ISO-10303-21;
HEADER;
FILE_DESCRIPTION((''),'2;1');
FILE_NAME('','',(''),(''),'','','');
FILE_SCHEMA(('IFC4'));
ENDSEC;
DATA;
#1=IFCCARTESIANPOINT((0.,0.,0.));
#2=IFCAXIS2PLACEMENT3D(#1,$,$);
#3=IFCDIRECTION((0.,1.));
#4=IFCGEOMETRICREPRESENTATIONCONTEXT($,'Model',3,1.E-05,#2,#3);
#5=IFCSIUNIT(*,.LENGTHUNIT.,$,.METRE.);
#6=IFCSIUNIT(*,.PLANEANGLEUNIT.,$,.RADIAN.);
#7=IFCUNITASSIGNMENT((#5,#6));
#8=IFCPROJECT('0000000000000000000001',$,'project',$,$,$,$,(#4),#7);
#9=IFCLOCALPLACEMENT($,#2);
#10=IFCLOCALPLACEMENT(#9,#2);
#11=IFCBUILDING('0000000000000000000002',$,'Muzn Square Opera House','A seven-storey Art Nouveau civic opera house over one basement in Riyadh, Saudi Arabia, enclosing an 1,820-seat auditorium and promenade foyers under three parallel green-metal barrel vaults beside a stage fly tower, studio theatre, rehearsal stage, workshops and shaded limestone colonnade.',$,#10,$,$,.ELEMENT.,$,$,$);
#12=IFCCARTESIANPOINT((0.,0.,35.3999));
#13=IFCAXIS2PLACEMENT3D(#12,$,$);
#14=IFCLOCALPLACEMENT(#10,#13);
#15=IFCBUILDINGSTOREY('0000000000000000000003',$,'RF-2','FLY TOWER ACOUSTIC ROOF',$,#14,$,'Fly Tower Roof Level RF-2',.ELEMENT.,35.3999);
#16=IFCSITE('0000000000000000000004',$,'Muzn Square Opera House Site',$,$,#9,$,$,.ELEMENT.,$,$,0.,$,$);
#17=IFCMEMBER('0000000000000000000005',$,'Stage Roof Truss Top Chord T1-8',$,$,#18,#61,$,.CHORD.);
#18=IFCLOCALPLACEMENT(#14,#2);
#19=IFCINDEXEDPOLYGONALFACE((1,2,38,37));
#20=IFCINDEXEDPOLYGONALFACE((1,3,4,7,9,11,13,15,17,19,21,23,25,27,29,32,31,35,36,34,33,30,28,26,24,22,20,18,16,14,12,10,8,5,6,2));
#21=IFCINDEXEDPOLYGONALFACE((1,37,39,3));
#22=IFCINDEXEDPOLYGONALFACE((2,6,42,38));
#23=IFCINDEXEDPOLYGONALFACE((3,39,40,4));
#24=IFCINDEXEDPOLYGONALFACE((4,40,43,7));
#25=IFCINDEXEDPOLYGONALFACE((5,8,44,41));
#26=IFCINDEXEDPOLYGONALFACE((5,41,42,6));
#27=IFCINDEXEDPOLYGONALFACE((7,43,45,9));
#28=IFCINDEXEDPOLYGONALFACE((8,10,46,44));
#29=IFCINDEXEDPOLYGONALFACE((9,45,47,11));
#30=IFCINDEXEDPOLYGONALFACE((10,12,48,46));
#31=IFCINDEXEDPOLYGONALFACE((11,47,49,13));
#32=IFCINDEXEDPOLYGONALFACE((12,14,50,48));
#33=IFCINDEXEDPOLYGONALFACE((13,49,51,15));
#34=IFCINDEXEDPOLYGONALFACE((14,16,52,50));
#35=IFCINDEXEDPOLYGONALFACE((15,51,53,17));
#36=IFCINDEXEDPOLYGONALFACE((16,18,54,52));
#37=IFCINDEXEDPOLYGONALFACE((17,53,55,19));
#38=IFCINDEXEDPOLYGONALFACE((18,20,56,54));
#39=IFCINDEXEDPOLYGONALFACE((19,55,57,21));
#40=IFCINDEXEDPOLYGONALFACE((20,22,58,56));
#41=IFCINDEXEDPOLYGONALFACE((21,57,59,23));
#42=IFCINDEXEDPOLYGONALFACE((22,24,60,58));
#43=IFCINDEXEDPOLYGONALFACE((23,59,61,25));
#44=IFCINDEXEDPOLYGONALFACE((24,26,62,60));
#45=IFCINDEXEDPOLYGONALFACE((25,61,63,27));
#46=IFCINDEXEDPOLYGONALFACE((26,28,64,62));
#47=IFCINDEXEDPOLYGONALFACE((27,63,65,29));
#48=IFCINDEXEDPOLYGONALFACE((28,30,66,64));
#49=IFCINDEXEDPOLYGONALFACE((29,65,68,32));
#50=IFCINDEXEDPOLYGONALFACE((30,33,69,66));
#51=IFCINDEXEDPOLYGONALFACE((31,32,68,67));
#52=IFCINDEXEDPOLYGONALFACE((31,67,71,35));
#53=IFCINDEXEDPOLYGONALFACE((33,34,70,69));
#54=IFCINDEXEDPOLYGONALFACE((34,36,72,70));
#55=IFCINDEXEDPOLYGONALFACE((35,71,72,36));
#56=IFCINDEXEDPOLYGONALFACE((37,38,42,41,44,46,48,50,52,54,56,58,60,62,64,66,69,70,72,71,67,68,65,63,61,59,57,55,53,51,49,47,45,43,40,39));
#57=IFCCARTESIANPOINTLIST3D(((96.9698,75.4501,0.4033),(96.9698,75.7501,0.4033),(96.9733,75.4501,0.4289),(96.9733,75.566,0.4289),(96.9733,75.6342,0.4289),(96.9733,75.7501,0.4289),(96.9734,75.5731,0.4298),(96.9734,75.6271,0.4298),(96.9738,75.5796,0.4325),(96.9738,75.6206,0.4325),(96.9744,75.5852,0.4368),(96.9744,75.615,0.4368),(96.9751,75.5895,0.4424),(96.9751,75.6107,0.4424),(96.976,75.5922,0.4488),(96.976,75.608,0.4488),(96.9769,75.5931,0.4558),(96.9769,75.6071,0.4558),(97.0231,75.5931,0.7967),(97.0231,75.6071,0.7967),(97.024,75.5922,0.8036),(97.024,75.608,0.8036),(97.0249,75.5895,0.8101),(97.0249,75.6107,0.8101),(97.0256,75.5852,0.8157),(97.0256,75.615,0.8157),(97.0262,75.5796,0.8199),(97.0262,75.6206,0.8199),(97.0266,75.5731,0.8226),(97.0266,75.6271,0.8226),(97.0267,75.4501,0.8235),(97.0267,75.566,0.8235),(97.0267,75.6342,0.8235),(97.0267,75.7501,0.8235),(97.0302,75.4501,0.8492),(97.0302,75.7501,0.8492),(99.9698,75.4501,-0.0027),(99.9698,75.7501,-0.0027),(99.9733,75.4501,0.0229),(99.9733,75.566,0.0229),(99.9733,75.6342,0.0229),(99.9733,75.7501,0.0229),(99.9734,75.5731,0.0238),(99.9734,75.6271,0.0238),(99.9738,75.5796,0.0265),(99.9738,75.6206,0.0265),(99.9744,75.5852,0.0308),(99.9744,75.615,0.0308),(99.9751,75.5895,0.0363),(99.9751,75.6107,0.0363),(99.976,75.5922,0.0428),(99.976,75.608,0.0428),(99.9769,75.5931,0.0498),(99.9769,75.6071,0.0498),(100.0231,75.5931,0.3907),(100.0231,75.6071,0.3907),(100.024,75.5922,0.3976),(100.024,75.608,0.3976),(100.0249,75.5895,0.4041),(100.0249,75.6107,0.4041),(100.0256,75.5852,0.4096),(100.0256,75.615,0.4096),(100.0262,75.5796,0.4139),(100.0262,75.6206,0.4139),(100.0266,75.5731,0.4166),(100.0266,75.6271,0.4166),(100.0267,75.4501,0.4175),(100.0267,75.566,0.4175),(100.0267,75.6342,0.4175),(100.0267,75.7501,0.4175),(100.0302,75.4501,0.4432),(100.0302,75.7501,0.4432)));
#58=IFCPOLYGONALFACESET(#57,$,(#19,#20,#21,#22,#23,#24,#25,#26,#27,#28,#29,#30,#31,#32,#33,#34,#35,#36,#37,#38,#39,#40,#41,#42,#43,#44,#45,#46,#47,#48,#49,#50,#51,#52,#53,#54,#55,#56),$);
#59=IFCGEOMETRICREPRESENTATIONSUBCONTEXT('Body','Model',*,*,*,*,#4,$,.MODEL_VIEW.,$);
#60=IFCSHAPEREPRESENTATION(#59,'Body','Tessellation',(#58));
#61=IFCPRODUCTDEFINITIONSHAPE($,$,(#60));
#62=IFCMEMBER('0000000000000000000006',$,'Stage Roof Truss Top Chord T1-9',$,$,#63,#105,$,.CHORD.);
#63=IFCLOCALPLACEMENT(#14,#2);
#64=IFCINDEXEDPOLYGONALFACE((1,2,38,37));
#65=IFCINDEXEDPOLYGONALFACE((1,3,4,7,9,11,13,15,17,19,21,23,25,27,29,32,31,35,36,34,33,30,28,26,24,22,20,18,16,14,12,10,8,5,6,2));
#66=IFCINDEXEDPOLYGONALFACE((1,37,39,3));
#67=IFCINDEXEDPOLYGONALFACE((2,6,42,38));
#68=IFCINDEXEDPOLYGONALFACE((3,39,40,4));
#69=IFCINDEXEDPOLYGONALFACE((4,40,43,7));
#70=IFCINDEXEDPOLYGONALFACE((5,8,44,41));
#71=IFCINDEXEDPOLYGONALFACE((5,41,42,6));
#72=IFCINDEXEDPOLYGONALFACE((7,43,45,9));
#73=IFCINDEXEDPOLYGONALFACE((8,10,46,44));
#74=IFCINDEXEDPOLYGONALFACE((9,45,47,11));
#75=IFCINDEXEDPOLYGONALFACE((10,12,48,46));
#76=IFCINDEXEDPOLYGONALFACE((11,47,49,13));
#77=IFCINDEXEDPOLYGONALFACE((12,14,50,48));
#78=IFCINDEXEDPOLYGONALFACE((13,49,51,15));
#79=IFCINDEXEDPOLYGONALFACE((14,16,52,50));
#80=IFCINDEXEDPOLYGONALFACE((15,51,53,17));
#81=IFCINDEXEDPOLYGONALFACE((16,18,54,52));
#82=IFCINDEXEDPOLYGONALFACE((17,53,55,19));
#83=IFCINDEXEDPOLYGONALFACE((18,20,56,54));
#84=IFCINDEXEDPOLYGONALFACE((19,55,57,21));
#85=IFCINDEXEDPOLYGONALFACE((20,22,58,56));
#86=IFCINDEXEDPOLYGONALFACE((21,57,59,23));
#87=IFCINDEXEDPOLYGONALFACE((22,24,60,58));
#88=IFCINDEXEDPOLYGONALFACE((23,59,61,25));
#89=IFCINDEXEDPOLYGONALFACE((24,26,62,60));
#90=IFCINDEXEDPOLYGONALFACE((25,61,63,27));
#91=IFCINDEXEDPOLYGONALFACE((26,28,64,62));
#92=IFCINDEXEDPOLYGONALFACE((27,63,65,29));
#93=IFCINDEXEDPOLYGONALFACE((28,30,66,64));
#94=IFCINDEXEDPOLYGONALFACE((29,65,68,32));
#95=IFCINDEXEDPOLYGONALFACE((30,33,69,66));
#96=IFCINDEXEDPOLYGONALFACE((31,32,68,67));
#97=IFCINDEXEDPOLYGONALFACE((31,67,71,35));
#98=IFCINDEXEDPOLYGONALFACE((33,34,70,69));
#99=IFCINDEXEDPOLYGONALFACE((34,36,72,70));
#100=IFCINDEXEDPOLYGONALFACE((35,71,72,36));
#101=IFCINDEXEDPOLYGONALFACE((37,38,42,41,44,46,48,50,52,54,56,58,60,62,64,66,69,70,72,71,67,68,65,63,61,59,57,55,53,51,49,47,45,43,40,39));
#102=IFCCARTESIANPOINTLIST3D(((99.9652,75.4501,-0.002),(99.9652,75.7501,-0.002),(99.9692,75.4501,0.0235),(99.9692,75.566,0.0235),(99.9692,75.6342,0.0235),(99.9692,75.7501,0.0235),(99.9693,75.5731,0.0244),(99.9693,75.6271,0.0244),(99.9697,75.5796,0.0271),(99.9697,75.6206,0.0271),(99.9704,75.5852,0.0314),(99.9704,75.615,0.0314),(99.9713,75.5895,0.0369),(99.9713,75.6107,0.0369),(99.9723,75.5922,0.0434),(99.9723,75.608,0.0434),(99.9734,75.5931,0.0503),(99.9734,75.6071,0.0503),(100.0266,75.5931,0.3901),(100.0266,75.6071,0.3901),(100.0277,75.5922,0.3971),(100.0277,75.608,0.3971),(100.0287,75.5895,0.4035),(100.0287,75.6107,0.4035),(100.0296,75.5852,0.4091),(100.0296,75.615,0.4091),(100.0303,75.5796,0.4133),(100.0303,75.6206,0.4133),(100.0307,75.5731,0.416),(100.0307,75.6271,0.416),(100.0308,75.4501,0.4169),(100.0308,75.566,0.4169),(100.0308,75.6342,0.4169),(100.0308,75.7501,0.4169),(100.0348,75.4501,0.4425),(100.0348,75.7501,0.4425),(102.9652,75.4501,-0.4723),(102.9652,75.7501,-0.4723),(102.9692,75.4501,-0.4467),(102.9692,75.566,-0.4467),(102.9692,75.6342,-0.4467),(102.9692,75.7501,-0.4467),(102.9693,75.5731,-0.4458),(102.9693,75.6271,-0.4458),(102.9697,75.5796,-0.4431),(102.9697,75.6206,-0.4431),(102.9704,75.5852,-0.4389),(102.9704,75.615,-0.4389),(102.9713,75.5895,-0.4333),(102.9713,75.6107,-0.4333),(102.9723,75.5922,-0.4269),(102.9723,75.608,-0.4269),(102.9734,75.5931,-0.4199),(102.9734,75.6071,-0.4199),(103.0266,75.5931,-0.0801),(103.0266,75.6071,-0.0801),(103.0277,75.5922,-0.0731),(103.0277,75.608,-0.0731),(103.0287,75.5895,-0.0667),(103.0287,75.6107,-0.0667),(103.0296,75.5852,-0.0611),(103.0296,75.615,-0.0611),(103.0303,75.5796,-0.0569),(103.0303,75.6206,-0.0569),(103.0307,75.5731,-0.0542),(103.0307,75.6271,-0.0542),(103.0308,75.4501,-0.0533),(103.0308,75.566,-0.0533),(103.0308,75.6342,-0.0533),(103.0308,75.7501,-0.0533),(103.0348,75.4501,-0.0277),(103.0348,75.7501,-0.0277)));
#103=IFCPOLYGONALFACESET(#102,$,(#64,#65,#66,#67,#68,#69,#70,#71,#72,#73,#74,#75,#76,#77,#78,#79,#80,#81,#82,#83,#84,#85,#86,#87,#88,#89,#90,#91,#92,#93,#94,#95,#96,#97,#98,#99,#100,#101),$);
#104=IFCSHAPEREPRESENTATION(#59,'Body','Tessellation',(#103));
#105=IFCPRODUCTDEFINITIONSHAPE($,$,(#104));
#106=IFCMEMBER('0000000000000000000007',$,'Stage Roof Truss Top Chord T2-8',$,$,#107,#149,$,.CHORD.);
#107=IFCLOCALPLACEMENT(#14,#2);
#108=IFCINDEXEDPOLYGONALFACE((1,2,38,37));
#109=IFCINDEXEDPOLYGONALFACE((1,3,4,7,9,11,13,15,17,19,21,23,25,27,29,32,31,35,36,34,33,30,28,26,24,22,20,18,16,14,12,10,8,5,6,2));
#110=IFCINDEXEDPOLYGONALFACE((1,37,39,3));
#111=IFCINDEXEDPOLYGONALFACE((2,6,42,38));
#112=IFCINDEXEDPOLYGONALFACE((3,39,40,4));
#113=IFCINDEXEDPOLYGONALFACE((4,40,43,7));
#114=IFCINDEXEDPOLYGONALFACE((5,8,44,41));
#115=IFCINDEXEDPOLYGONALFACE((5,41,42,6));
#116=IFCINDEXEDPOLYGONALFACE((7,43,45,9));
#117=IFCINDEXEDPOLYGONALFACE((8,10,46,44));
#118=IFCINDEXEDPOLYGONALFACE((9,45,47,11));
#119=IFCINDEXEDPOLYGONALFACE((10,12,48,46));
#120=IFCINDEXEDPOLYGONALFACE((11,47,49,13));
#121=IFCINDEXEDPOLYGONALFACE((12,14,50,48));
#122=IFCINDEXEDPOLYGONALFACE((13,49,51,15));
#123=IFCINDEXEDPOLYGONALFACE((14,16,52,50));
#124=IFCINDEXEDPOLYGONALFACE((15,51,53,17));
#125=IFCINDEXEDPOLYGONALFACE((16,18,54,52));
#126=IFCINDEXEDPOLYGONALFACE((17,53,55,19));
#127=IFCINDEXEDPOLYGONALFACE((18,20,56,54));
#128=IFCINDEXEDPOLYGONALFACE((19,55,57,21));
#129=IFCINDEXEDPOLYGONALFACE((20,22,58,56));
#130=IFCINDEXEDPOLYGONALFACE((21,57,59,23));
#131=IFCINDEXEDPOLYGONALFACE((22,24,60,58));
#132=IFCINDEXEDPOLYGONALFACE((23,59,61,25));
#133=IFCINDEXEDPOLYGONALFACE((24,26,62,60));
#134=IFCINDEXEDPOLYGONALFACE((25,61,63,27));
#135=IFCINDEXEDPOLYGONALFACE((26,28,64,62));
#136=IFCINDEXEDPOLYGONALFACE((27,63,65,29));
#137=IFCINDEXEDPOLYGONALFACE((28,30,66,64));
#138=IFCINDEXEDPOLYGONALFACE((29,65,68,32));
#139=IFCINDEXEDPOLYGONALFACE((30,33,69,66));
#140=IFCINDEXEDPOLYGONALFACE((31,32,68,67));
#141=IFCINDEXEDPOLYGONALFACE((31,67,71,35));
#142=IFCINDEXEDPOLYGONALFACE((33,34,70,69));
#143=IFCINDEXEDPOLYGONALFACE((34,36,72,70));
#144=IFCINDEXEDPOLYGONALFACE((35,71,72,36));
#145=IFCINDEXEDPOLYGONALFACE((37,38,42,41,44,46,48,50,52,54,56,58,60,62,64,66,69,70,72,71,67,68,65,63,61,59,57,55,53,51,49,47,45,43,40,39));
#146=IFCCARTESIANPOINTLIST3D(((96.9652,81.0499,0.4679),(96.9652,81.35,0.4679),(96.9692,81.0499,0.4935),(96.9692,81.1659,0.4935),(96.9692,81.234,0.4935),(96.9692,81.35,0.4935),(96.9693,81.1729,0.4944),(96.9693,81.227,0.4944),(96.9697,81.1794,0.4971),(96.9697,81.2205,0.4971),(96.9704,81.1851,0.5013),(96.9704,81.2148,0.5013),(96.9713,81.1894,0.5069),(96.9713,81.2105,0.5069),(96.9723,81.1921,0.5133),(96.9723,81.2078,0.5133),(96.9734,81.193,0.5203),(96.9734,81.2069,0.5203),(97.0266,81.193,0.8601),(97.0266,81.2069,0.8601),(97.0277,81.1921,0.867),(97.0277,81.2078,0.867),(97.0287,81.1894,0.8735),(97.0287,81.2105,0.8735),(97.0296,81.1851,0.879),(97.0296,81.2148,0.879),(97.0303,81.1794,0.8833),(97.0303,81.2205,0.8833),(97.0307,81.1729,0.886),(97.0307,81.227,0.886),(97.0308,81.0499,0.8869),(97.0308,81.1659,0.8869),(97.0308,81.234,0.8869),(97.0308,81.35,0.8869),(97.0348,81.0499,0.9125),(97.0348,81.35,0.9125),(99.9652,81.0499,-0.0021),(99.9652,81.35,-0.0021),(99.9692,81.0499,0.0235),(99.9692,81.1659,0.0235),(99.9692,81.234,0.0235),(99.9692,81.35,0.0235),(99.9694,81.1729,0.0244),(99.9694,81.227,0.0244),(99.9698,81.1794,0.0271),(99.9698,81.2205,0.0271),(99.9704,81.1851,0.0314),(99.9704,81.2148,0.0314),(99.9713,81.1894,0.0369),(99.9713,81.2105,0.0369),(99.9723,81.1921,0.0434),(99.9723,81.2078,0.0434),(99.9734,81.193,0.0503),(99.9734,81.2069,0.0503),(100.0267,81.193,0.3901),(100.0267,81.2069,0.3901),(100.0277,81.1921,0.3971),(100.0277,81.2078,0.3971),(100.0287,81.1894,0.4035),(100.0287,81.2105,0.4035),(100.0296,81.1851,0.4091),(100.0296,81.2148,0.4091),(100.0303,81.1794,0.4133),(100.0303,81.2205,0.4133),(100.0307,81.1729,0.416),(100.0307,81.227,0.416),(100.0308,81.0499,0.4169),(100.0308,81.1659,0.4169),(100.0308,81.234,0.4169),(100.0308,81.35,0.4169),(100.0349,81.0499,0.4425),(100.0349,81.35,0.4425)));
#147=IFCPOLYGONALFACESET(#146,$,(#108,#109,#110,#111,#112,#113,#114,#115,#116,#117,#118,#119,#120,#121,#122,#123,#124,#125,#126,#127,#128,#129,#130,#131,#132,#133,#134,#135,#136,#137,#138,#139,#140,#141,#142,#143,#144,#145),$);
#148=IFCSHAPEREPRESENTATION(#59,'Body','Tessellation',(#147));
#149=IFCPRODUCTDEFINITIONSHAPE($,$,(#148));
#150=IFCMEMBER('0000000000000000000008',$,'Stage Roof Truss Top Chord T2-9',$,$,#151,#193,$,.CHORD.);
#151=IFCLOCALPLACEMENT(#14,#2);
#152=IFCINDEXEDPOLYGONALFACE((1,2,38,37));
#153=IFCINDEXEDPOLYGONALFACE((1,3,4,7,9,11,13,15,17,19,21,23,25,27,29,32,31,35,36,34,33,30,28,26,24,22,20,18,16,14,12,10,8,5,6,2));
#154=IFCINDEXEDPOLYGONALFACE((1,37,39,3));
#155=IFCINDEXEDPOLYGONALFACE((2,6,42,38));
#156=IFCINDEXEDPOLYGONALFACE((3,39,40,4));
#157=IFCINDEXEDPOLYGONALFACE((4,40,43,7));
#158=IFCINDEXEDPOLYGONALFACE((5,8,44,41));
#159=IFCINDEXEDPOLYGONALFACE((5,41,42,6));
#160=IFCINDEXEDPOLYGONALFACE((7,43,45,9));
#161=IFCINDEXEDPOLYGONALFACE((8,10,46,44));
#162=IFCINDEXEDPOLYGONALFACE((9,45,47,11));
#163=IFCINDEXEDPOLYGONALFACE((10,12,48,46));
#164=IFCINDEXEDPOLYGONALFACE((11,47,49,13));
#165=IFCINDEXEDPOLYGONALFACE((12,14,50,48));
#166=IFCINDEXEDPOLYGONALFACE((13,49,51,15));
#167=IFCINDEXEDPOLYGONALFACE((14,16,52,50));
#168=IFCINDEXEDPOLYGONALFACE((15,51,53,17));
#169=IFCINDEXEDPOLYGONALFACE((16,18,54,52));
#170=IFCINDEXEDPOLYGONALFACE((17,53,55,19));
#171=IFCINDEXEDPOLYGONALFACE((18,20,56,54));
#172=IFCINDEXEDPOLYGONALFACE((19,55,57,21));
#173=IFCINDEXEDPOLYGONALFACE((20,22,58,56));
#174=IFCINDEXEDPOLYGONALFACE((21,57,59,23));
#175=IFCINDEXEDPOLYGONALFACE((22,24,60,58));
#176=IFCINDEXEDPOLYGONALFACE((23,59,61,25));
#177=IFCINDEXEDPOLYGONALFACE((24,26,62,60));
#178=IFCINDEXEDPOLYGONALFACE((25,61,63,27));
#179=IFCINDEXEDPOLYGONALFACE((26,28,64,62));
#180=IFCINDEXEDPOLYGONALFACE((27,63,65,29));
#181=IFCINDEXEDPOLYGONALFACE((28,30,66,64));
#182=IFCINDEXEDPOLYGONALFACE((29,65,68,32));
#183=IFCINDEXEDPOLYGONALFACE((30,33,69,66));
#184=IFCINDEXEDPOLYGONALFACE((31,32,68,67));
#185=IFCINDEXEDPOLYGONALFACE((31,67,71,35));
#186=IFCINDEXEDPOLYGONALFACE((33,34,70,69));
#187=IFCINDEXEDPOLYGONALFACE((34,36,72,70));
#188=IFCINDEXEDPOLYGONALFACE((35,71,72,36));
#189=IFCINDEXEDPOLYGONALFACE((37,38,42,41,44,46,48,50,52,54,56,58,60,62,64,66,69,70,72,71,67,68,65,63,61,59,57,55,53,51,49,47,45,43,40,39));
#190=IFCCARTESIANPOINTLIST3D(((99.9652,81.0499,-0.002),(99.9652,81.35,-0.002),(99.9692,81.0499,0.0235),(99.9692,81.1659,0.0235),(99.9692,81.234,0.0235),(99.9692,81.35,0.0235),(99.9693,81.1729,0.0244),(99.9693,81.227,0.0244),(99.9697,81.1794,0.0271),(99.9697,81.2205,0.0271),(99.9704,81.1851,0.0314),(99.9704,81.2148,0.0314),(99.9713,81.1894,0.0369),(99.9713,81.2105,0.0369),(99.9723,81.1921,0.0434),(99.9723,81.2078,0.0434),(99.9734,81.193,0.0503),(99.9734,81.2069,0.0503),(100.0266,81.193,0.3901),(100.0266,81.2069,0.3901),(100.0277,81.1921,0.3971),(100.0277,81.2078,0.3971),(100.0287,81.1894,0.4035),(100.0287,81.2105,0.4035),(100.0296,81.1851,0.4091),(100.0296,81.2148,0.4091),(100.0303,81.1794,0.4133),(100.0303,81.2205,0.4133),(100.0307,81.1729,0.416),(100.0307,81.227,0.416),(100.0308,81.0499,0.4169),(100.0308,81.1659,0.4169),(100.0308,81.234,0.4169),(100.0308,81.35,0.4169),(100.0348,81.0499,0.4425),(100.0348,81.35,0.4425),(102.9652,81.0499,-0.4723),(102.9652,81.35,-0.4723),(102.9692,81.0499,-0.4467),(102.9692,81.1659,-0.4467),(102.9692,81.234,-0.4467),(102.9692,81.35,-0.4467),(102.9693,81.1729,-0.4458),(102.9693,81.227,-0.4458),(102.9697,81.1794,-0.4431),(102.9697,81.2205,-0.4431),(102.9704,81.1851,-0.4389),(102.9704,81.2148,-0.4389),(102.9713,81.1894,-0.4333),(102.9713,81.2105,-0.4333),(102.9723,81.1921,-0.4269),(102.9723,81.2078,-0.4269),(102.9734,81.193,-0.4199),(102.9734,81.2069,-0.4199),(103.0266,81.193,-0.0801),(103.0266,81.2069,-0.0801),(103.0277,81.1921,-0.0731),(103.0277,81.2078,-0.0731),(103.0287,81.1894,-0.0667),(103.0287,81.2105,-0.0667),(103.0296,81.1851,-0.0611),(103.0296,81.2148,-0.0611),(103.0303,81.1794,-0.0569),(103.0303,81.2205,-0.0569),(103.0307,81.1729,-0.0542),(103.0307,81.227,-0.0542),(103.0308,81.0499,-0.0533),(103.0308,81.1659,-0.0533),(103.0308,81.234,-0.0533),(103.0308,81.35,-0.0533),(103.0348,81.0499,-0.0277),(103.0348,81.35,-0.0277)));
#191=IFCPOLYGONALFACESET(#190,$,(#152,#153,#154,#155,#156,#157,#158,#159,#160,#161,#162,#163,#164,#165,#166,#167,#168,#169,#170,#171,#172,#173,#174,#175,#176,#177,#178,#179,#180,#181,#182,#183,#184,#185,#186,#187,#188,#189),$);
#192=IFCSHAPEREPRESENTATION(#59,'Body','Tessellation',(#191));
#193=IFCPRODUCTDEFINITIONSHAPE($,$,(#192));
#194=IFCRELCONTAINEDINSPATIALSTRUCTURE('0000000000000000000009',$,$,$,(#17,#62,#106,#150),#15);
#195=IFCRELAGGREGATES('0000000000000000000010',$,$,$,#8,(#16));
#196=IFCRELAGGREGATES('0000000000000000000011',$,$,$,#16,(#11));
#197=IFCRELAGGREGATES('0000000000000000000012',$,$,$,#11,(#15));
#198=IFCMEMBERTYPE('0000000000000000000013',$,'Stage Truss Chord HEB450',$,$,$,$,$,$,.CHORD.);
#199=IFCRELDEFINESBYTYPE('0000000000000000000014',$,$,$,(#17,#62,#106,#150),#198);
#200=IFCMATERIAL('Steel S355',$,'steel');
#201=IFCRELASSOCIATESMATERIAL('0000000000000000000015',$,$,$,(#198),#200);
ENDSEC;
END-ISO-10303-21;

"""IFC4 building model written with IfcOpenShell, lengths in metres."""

from ifc_helpers import new_model, si_unit, direction, frame, origin, origin_2d, place, context, subcontext, project, spatial, i_section, extrude, material, material_profile, profile_set, type_object, element, save


model = new_model("IFC4")

# Units and contexts
model_context = context("Model", 3, precision=1e-05, world=origin(), true_north=direction((0.0, 1.0)))
body_context = subcontext(model_context, "Body", "Model", "MODEL_VIEW")
ifc_project = project(units=[si_unit("LENGTHUNIT", "METRE"), si_unit("PLANEANGLEUNIT", "RADIAN")], contexts=[model_context])

# Site, building, storey
site_placement = place(None, origin())
site = spatial("IfcSite", under=ifc_project, at=site_placement, Name="Muzn Square Opera House Site", CompositionType="ELEMENT", RefElevation=0.0)
building_placement = place(site_placement, origin())
building = spatial("IfcBuilding", under=site, at=building_placement, Name="Muzn Square Opera House", Description="A seven-storey Art Nouveau civic opera house over one basement in Riyadh, Saudi Arabia, enclosing an 1,820-seat auditorium and promenade foyers under three parallel green-metal barrel vaults beside a stage fly tower, studio theatre, rehearsal stage, workshops and shaded limestone colonnade.", CompositionType="ELEMENT")
storey_placement = place(building_placement, frame((0.0, 0.0, 35.3999)))
storey = spatial("IfcBuildingStorey", under=building, at=storey_placement, Name="RF-2", Description="FLY TOWER ACOUSTIC ROOF", LongName="Fly Tower Roof Level RF-2", CompositionType="ELEMENT", Elevation=35.3999)

# Members
ifc_material_1 = material(Name="Steel S355", Category="steel")
ifc_material_profile_1 = material_profile(ifc_material_1, i_section(OverallWidth=0.3, OverallDepth=0.45, WebThickness=0.0139, FlangeThickness=0.0259, FilletRadius=0.0271, at=origin_2d()), Name="HEB 450", Category="steel")
ifc_profile_set_1 = profile_set([ifc_material_profile_1], Name="Steel S355")
member_type_1 = type_object("IfcMemberType", Name="Stage Truss Chord HEB450", PredefinedType="CHORD", material=ifc_profile_set_1)
member_1_placement = place(storey_placement, frame((97.0, 75.6001, 0.6262), z_axis=(0.990966, 0.0, -0.134113), x_axis=(0.0, 1.0, 0.0)))
element("IfcMember", 1, at=member_1_placement, inside=storey, type_object=member_type_1, Name="Stage Roof Truss Top Chord T1-8", PredefinedType="CHORD", context=body_context, shape_type="SweptSolid", body=[
    extrude(i_section(OverallWidth=0.3, OverallDepth=0.45, WebThickness=0.0139, FlangeThickness=0.0259, FilletRadius=0.0271, at=origin_2d()), origin(), (0.0, 0.0, 1.0), 3.0273),
])
for number, where, z_axis, x_axis, name in (
    (2, (100.0, 75.6001, 0.2202), (0.987938, 0.0, -0.154848), (0.0, 1.0, 0.0), "Stage Roof Truss Top Chord T1-9"),
    (3, (97.0, 81.2, 0.6902), (0.987951, 0.0, -0.154769), (0.0, 1.0, 0.0), "Stage Roof Truss Top Chord T2-8"),
    (4, (100.0, 81.2, 0.2202), (0.987938, 0.0, -0.154848), (0.0, 1.0, 0.0), "Stage Roof Truss Top Chord T2-9"),
):
    element("IfcMember", number, at=place(storey_placement, frame(where, z_axis=z_axis, x_axis=x_axis)), inside=storey, type_object=member_type_1, Name=name, PredefinedType="CHORD", context=body_context, shape_type="SweptSolid", body=[
        extrude(i_section(OverallWidth=0.3, OverallDepth=0.45, WebThickness=0.0139, FlangeThickness=0.0259, FilletRadius=0.0271, at=origin_2d()), origin(), (0.0, 0.0, 1.0), 3.0366),
    ])

save(model, "model.ifc")
